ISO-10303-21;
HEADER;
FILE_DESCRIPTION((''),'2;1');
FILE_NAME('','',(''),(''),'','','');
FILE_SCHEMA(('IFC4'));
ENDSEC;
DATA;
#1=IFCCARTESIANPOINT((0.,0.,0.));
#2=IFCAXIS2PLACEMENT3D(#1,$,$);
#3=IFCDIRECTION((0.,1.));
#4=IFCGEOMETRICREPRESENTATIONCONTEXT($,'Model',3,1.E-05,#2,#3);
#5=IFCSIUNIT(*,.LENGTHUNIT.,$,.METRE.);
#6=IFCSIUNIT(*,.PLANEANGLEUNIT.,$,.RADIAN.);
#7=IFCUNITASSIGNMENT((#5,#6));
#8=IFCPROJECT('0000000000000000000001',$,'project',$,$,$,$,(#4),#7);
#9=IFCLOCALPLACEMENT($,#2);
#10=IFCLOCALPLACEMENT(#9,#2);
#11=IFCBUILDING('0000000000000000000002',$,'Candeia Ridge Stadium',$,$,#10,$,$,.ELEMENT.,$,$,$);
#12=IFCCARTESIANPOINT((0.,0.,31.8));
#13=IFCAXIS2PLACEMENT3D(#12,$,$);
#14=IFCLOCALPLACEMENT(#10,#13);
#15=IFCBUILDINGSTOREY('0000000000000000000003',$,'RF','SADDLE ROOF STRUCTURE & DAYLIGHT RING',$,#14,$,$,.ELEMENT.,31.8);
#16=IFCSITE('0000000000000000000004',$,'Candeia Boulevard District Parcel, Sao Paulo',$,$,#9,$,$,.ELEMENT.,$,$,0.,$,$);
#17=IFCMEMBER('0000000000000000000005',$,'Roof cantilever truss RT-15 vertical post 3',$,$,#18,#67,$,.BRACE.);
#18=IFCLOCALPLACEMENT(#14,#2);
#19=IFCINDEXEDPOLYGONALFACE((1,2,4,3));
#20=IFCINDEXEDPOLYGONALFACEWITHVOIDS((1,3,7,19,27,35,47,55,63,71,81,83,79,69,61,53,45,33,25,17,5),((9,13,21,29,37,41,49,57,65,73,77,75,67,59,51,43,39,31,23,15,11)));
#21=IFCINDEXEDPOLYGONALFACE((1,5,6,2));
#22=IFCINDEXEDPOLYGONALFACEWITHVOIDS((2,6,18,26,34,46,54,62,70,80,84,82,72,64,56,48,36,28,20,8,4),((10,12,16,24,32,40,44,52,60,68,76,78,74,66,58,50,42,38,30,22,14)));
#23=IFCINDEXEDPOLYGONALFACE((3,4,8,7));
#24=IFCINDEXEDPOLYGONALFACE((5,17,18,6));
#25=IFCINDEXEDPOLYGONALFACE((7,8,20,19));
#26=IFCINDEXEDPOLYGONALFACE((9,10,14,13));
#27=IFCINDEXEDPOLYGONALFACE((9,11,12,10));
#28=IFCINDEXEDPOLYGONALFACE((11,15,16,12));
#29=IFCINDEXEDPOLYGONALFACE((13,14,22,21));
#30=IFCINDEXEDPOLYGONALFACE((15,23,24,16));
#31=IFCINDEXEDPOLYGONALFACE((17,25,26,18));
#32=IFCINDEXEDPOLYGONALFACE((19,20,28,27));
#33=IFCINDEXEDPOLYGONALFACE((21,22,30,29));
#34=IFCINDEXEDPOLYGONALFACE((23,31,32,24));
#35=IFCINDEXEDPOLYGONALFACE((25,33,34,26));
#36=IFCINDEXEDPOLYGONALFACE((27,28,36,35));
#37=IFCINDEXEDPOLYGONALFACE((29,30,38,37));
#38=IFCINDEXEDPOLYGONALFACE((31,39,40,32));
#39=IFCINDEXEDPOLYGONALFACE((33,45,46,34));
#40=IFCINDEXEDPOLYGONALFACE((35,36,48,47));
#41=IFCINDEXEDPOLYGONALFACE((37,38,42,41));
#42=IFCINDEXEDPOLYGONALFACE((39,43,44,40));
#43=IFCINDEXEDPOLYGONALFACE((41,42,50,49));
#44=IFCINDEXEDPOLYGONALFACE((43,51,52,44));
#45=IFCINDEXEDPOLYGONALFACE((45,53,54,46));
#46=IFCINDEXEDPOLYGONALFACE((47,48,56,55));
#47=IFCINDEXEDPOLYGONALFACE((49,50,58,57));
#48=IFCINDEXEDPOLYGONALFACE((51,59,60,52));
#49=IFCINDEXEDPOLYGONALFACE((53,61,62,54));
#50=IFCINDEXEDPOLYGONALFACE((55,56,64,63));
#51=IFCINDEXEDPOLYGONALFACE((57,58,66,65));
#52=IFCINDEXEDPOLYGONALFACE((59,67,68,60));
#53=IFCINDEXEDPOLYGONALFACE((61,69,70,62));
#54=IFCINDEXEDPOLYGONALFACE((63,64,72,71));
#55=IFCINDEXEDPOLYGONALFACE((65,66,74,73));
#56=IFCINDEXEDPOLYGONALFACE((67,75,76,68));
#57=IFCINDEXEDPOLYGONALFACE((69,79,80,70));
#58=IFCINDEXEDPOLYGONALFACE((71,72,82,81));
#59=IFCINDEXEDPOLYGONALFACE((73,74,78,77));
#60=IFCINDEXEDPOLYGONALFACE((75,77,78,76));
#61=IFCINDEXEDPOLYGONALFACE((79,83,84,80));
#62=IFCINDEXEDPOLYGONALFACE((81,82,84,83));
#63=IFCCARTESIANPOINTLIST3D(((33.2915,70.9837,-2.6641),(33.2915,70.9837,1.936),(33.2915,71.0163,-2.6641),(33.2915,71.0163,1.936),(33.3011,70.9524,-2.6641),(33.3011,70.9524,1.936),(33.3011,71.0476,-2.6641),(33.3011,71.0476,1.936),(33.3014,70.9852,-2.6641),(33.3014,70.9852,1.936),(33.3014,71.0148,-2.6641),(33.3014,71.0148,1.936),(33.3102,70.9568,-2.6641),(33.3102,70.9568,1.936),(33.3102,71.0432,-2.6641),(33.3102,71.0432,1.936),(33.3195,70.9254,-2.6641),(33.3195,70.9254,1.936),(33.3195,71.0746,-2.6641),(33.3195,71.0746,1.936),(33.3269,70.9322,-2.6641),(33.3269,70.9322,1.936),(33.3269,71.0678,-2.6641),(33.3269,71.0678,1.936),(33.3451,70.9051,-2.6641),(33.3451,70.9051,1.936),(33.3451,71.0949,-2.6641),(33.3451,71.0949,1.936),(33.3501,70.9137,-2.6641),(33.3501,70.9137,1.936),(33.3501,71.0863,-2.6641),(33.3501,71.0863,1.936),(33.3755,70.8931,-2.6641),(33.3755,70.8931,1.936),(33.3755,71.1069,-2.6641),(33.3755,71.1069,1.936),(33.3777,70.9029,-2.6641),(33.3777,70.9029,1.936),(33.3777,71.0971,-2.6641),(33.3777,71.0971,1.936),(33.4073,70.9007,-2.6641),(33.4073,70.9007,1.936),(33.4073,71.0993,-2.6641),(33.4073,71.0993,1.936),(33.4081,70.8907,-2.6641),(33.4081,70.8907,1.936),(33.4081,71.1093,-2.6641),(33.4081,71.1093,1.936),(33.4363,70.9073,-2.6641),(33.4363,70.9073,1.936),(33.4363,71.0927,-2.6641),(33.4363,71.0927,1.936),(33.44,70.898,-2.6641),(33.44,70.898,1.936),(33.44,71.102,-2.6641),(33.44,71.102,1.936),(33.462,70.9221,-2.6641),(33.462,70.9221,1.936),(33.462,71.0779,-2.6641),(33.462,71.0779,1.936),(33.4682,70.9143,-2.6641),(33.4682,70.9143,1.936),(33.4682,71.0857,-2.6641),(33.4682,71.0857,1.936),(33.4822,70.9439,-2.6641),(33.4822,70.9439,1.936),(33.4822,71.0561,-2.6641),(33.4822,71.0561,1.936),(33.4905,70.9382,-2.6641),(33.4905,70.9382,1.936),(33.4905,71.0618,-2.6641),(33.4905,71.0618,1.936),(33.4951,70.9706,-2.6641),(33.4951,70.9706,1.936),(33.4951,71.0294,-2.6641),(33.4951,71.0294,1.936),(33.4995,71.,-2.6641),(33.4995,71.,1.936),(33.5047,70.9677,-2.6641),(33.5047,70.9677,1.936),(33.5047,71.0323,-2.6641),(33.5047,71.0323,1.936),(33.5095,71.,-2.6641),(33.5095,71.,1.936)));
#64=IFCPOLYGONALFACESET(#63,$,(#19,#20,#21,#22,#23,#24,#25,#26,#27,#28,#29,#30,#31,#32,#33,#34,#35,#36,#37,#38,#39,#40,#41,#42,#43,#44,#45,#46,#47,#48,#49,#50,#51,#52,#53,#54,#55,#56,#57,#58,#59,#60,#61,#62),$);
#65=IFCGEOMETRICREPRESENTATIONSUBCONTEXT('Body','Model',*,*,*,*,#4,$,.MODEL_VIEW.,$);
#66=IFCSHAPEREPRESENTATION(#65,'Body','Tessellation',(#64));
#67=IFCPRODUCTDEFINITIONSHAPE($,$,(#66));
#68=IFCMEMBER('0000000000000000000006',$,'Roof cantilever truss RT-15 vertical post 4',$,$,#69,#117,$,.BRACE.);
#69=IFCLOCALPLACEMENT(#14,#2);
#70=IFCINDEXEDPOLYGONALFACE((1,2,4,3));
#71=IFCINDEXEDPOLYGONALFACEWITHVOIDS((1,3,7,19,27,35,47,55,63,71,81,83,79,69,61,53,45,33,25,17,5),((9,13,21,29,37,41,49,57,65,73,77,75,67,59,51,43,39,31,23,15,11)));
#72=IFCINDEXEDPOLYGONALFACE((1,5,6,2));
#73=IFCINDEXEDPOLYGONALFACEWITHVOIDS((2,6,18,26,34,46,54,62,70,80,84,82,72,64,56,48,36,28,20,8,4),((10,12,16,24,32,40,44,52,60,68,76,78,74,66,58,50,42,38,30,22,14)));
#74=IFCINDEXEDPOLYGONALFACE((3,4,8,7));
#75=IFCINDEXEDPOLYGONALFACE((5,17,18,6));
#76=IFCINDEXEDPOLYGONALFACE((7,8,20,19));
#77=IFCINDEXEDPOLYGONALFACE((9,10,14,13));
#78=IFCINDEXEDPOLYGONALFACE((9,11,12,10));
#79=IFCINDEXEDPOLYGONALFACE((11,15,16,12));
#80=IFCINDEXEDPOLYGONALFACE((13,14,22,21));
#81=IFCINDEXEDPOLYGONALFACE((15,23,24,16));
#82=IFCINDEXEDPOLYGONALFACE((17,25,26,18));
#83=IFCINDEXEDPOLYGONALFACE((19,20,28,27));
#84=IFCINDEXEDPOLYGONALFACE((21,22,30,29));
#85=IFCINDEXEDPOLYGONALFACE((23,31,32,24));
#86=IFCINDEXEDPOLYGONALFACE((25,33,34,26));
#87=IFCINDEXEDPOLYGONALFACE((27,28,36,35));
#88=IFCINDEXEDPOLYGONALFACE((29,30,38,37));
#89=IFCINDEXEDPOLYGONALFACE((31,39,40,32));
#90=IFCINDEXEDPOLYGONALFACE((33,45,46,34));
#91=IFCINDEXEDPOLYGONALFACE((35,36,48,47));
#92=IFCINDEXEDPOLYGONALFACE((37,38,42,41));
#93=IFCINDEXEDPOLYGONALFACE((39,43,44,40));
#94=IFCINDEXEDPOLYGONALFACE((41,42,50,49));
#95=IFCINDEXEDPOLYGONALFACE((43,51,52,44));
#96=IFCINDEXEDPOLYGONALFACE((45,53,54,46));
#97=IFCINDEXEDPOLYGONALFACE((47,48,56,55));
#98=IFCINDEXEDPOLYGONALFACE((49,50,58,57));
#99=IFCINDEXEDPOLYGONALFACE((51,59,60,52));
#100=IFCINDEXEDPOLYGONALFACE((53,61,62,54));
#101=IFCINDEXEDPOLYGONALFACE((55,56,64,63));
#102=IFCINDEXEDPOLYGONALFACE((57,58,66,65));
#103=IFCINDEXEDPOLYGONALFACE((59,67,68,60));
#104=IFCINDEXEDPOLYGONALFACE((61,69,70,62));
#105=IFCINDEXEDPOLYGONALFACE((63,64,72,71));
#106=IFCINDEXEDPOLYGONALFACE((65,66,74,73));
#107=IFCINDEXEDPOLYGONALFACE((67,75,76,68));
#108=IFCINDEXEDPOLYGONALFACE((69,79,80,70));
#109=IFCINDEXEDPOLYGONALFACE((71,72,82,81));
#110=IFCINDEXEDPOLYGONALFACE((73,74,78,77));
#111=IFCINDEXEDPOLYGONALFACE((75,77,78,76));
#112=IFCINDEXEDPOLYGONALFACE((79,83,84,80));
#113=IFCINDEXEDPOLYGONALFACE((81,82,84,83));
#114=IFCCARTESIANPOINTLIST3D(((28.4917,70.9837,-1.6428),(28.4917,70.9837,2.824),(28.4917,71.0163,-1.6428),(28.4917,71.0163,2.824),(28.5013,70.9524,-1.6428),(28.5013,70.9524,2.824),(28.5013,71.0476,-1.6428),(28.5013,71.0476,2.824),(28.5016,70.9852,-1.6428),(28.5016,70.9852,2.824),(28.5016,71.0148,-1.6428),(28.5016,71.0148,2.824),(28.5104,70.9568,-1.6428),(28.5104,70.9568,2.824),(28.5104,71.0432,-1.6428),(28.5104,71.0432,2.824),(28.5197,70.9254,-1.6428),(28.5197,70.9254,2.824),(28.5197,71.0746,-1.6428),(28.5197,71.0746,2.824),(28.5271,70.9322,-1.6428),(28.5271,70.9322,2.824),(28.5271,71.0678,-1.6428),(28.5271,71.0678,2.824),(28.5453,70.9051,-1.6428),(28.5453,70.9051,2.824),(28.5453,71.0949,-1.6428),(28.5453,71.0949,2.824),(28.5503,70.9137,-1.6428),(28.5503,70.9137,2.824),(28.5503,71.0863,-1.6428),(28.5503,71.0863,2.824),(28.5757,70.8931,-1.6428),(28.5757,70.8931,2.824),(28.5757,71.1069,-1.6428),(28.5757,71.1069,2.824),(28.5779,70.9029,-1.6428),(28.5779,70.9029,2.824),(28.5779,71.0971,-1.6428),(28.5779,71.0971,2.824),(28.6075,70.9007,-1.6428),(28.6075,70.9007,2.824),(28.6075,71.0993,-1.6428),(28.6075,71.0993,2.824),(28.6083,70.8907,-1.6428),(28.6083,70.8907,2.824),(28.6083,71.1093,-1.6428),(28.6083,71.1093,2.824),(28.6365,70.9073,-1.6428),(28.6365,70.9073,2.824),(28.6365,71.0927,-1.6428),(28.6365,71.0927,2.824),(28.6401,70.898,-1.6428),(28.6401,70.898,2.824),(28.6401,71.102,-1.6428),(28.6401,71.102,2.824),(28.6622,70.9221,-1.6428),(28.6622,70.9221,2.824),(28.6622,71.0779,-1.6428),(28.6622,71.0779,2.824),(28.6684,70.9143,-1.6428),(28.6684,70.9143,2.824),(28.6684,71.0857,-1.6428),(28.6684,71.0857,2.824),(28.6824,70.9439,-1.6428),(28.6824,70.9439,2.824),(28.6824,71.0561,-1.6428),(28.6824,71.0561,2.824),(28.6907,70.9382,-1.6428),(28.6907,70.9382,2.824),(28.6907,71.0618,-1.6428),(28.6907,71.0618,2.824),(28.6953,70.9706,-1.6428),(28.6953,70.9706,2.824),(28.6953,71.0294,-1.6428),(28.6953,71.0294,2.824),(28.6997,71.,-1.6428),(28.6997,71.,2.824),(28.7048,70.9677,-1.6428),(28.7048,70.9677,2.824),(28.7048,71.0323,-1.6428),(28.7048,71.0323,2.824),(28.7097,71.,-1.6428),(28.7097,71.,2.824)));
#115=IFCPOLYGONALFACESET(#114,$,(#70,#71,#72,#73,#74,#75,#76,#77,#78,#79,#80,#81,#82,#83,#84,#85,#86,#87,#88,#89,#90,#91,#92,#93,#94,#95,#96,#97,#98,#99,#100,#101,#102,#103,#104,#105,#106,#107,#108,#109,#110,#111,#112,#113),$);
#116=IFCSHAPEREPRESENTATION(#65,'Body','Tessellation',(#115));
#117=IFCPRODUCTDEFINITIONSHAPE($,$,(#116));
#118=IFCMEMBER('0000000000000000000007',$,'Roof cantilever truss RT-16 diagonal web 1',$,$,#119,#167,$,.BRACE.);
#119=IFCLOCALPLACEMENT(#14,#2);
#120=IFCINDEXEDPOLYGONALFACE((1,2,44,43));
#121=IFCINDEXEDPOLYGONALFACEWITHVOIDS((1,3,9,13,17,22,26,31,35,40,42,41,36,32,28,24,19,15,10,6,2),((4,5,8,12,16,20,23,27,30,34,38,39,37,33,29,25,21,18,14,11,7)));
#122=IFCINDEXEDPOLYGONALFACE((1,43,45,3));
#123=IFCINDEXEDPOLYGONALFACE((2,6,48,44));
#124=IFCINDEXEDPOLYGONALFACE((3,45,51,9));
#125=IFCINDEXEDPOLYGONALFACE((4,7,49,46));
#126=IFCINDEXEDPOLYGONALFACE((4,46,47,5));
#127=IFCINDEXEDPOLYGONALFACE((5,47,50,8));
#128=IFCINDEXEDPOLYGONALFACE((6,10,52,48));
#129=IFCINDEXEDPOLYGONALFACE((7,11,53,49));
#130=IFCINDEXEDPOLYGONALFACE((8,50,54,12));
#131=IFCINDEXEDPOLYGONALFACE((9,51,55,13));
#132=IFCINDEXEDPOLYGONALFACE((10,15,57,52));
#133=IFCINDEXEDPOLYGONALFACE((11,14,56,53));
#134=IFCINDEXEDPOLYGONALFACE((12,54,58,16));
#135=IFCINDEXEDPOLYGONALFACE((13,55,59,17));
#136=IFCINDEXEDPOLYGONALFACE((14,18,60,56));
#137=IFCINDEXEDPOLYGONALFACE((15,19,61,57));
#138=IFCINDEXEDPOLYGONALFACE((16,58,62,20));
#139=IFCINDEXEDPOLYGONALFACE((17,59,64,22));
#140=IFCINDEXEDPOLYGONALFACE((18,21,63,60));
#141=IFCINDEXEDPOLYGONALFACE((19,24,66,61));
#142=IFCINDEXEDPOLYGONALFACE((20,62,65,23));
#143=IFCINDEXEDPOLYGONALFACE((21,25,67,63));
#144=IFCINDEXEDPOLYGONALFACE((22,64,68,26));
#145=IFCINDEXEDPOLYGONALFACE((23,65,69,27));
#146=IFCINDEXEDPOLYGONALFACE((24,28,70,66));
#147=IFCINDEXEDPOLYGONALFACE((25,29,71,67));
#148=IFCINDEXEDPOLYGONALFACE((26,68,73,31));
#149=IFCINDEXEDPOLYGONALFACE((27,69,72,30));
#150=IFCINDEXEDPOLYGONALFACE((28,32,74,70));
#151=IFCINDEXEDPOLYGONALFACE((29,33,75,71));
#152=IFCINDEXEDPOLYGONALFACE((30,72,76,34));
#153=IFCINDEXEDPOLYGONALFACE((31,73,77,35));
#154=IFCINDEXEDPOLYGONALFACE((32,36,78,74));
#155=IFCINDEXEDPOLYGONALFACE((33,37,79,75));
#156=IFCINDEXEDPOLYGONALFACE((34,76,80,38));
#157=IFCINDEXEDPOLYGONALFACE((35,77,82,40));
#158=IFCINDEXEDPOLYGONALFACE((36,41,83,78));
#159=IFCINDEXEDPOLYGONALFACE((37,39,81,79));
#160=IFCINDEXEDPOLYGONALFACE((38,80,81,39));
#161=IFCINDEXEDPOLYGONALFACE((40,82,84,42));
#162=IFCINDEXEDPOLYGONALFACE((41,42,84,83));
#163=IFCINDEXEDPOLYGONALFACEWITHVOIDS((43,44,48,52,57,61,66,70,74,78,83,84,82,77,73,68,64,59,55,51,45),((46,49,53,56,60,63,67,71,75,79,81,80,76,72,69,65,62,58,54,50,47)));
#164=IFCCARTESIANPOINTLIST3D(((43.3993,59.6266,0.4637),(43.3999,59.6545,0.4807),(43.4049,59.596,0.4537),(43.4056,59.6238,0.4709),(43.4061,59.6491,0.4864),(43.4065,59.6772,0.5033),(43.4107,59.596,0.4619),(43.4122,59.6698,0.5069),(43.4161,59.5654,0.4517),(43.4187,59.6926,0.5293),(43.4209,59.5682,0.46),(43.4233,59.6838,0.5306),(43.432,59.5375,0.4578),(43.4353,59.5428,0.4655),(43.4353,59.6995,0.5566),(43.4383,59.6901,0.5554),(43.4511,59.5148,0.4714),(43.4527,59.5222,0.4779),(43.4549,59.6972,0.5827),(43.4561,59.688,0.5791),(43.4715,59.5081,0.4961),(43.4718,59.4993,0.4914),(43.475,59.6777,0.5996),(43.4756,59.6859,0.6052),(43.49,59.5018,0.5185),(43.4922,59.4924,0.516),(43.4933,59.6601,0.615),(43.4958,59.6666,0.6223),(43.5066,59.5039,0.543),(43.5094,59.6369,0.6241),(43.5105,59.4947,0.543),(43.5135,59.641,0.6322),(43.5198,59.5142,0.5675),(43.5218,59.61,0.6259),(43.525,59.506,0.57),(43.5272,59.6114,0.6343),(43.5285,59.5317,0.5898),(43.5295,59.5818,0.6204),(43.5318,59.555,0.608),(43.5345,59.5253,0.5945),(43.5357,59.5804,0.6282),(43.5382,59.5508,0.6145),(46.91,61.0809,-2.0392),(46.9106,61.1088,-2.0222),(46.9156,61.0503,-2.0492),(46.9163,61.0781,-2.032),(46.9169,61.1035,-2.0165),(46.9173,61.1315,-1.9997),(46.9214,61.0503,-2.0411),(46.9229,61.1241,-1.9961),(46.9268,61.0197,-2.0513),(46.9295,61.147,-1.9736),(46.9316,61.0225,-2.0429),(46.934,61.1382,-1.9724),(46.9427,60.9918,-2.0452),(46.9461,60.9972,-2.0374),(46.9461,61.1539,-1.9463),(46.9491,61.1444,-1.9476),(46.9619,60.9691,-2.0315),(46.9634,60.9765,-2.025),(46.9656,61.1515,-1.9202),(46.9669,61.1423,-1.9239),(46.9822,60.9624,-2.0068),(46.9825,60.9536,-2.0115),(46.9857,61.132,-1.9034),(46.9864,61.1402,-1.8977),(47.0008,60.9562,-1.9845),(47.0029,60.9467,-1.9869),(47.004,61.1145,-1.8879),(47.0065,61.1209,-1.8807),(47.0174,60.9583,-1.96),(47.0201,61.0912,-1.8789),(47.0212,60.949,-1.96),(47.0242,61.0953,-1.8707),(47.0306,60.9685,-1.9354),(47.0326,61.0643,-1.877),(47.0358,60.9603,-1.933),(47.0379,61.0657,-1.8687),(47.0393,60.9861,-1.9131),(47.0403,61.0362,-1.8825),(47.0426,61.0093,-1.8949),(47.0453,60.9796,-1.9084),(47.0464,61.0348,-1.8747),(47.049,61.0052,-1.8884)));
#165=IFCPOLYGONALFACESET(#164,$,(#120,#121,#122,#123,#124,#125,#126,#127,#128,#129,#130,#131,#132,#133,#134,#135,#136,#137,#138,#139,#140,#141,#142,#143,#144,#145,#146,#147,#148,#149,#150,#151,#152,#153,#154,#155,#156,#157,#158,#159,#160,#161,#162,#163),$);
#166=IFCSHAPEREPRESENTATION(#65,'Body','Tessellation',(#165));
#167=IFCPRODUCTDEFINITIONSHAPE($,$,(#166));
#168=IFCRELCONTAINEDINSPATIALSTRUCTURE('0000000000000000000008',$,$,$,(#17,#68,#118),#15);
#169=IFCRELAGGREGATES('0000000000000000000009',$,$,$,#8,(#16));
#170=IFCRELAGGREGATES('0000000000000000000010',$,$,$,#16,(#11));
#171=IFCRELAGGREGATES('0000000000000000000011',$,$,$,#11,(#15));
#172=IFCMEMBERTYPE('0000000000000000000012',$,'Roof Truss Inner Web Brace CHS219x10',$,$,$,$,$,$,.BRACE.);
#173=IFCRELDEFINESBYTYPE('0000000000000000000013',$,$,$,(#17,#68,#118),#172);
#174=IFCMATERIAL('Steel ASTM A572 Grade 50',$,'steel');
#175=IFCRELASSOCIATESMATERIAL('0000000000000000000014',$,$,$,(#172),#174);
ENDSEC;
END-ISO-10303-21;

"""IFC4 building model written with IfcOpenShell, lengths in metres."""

from ifc_helpers import new_model, si_unit, direction, frame, origin, origin_2d, place, context, subcontext, project, spatial, hollow_circle, extrude, material, material_profile, profile_set, type_object, element, save


model = new_model("IFC4")

# Units and contexts
model_context = context("Model", 3, precision=1e-05, world=origin(), true_north=direction((0.0, 1.0)))
body_context = subcontext(model_context, "Body", "Model", "MODEL_VIEW")
ifc_project = project(units=[si_unit("LENGTHUNIT", "METRE"), si_unit("PLANEANGLEUNIT", "RADIAN")], contexts=[model_context])

# Site, building, storey
site_placement = place(None, origin())
site = spatial("IfcSite", under=ifc_project, at=site_placement, Name="Candeia Boulevard District Parcel, Sao Paulo", CompositionType="ELEMENT", RefElevation=0.0)
building_placement = place(site_placement, origin())
building = spatial("IfcBuilding", under=site, at=building_placement, Name="Candeia Ridge Stadium", CompositionType="ELEMENT")
storey_placement = place(building_placement, frame((0.0, 0.0, 31.8)))
storey = spatial("IfcBuildingStorey", under=building, at=storey_placement, Name="RF", Description="SADDLE ROOF STRUCTURE & DAYLIGHT RING", CompositionType="ELEMENT", Elevation=31.8)

# Shared definitions
ifc_material_1 = material(Name="Steel ASTM A572 Grade 50", Category="steel")

# Members
ifc_material_profile_1 = material_profile(ifc_material_1, hollow_circle(Radius=0.1096, WallThickness=0.01, at=origin_2d()), Name="CHS219x10", Category="steel")
ifc_profile_set_1 = profile_set([ifc_material_profile_1], Name="Steel ASTM A572 Grade 50")
member_type_1 = type_object("IfcMemberType", Name="Roof Truss Inner Web Brace CHS219x10", PredefinedType="BRACE", material=ifc_profile_set_1)
member_1_placement = place(storey_placement, frame((33.3999, 71.0, -2.6641), z_axis=(0.0, 0.0, 1.0), x_axis=(1.0, 0.0, 0.0)))
element("IfcMember", 1, at=member_1_placement, inside=storey, type_object=member_type_1, Name="Roof cantilever truss RT-15 vertical post 3", PredefinedType="BRACE", context=body_context, shape_type="SweptSolid", body=[
    extrude(hollow_circle(Radius=0.1096, WallThickness=0.01, at=origin_2d()), origin(), (0.0, 0.0, 1.0), 4.6001),
])
member_2_placement = place(storey_placement, frame((28.6001, 71.0, -1.6428), z_axis=(0.0, 0.0, 1.0), x_axis=(1.0, 0.0, 0.0)))
element("IfcMember", 2, at=member_2_placement, inside=storey, type_object=member_type_1, Name="Roof cantilever truss RT-15 vertical post 4", PredefinedType="BRACE", context=body_context, shape_type="SweptSolid", body=[
    extrude(hollow_circle(Radius=0.1096, WallThickness=0.01, at=origin_2d()), origin(), (0.0, 0.0, 1.0), 4.4668),
])
member_3_placement = place(storey_placement, frame((46.9792, 61.0503, -1.96), z_axis=(-0.771543, -0.319616, 0.55006), x_axis=(0.382717, -0.923866, 0.0)))
element("IfcMember", 3, at=member_3_placement, inside=storey, type_object=member_type_1, Name="Roof cantilever truss RT-16 diagonal web 1", PredefinedType="BRACE", context=body_context, shape_type="SweptSolid", body=[
    extrude(hollow_circle(Radius=0.1096, WallThickness=0.01, at=origin_2d()), origin(), (0.0, 0.0, 1.0), 4.5503),
])

save(model, "model.ifc")
